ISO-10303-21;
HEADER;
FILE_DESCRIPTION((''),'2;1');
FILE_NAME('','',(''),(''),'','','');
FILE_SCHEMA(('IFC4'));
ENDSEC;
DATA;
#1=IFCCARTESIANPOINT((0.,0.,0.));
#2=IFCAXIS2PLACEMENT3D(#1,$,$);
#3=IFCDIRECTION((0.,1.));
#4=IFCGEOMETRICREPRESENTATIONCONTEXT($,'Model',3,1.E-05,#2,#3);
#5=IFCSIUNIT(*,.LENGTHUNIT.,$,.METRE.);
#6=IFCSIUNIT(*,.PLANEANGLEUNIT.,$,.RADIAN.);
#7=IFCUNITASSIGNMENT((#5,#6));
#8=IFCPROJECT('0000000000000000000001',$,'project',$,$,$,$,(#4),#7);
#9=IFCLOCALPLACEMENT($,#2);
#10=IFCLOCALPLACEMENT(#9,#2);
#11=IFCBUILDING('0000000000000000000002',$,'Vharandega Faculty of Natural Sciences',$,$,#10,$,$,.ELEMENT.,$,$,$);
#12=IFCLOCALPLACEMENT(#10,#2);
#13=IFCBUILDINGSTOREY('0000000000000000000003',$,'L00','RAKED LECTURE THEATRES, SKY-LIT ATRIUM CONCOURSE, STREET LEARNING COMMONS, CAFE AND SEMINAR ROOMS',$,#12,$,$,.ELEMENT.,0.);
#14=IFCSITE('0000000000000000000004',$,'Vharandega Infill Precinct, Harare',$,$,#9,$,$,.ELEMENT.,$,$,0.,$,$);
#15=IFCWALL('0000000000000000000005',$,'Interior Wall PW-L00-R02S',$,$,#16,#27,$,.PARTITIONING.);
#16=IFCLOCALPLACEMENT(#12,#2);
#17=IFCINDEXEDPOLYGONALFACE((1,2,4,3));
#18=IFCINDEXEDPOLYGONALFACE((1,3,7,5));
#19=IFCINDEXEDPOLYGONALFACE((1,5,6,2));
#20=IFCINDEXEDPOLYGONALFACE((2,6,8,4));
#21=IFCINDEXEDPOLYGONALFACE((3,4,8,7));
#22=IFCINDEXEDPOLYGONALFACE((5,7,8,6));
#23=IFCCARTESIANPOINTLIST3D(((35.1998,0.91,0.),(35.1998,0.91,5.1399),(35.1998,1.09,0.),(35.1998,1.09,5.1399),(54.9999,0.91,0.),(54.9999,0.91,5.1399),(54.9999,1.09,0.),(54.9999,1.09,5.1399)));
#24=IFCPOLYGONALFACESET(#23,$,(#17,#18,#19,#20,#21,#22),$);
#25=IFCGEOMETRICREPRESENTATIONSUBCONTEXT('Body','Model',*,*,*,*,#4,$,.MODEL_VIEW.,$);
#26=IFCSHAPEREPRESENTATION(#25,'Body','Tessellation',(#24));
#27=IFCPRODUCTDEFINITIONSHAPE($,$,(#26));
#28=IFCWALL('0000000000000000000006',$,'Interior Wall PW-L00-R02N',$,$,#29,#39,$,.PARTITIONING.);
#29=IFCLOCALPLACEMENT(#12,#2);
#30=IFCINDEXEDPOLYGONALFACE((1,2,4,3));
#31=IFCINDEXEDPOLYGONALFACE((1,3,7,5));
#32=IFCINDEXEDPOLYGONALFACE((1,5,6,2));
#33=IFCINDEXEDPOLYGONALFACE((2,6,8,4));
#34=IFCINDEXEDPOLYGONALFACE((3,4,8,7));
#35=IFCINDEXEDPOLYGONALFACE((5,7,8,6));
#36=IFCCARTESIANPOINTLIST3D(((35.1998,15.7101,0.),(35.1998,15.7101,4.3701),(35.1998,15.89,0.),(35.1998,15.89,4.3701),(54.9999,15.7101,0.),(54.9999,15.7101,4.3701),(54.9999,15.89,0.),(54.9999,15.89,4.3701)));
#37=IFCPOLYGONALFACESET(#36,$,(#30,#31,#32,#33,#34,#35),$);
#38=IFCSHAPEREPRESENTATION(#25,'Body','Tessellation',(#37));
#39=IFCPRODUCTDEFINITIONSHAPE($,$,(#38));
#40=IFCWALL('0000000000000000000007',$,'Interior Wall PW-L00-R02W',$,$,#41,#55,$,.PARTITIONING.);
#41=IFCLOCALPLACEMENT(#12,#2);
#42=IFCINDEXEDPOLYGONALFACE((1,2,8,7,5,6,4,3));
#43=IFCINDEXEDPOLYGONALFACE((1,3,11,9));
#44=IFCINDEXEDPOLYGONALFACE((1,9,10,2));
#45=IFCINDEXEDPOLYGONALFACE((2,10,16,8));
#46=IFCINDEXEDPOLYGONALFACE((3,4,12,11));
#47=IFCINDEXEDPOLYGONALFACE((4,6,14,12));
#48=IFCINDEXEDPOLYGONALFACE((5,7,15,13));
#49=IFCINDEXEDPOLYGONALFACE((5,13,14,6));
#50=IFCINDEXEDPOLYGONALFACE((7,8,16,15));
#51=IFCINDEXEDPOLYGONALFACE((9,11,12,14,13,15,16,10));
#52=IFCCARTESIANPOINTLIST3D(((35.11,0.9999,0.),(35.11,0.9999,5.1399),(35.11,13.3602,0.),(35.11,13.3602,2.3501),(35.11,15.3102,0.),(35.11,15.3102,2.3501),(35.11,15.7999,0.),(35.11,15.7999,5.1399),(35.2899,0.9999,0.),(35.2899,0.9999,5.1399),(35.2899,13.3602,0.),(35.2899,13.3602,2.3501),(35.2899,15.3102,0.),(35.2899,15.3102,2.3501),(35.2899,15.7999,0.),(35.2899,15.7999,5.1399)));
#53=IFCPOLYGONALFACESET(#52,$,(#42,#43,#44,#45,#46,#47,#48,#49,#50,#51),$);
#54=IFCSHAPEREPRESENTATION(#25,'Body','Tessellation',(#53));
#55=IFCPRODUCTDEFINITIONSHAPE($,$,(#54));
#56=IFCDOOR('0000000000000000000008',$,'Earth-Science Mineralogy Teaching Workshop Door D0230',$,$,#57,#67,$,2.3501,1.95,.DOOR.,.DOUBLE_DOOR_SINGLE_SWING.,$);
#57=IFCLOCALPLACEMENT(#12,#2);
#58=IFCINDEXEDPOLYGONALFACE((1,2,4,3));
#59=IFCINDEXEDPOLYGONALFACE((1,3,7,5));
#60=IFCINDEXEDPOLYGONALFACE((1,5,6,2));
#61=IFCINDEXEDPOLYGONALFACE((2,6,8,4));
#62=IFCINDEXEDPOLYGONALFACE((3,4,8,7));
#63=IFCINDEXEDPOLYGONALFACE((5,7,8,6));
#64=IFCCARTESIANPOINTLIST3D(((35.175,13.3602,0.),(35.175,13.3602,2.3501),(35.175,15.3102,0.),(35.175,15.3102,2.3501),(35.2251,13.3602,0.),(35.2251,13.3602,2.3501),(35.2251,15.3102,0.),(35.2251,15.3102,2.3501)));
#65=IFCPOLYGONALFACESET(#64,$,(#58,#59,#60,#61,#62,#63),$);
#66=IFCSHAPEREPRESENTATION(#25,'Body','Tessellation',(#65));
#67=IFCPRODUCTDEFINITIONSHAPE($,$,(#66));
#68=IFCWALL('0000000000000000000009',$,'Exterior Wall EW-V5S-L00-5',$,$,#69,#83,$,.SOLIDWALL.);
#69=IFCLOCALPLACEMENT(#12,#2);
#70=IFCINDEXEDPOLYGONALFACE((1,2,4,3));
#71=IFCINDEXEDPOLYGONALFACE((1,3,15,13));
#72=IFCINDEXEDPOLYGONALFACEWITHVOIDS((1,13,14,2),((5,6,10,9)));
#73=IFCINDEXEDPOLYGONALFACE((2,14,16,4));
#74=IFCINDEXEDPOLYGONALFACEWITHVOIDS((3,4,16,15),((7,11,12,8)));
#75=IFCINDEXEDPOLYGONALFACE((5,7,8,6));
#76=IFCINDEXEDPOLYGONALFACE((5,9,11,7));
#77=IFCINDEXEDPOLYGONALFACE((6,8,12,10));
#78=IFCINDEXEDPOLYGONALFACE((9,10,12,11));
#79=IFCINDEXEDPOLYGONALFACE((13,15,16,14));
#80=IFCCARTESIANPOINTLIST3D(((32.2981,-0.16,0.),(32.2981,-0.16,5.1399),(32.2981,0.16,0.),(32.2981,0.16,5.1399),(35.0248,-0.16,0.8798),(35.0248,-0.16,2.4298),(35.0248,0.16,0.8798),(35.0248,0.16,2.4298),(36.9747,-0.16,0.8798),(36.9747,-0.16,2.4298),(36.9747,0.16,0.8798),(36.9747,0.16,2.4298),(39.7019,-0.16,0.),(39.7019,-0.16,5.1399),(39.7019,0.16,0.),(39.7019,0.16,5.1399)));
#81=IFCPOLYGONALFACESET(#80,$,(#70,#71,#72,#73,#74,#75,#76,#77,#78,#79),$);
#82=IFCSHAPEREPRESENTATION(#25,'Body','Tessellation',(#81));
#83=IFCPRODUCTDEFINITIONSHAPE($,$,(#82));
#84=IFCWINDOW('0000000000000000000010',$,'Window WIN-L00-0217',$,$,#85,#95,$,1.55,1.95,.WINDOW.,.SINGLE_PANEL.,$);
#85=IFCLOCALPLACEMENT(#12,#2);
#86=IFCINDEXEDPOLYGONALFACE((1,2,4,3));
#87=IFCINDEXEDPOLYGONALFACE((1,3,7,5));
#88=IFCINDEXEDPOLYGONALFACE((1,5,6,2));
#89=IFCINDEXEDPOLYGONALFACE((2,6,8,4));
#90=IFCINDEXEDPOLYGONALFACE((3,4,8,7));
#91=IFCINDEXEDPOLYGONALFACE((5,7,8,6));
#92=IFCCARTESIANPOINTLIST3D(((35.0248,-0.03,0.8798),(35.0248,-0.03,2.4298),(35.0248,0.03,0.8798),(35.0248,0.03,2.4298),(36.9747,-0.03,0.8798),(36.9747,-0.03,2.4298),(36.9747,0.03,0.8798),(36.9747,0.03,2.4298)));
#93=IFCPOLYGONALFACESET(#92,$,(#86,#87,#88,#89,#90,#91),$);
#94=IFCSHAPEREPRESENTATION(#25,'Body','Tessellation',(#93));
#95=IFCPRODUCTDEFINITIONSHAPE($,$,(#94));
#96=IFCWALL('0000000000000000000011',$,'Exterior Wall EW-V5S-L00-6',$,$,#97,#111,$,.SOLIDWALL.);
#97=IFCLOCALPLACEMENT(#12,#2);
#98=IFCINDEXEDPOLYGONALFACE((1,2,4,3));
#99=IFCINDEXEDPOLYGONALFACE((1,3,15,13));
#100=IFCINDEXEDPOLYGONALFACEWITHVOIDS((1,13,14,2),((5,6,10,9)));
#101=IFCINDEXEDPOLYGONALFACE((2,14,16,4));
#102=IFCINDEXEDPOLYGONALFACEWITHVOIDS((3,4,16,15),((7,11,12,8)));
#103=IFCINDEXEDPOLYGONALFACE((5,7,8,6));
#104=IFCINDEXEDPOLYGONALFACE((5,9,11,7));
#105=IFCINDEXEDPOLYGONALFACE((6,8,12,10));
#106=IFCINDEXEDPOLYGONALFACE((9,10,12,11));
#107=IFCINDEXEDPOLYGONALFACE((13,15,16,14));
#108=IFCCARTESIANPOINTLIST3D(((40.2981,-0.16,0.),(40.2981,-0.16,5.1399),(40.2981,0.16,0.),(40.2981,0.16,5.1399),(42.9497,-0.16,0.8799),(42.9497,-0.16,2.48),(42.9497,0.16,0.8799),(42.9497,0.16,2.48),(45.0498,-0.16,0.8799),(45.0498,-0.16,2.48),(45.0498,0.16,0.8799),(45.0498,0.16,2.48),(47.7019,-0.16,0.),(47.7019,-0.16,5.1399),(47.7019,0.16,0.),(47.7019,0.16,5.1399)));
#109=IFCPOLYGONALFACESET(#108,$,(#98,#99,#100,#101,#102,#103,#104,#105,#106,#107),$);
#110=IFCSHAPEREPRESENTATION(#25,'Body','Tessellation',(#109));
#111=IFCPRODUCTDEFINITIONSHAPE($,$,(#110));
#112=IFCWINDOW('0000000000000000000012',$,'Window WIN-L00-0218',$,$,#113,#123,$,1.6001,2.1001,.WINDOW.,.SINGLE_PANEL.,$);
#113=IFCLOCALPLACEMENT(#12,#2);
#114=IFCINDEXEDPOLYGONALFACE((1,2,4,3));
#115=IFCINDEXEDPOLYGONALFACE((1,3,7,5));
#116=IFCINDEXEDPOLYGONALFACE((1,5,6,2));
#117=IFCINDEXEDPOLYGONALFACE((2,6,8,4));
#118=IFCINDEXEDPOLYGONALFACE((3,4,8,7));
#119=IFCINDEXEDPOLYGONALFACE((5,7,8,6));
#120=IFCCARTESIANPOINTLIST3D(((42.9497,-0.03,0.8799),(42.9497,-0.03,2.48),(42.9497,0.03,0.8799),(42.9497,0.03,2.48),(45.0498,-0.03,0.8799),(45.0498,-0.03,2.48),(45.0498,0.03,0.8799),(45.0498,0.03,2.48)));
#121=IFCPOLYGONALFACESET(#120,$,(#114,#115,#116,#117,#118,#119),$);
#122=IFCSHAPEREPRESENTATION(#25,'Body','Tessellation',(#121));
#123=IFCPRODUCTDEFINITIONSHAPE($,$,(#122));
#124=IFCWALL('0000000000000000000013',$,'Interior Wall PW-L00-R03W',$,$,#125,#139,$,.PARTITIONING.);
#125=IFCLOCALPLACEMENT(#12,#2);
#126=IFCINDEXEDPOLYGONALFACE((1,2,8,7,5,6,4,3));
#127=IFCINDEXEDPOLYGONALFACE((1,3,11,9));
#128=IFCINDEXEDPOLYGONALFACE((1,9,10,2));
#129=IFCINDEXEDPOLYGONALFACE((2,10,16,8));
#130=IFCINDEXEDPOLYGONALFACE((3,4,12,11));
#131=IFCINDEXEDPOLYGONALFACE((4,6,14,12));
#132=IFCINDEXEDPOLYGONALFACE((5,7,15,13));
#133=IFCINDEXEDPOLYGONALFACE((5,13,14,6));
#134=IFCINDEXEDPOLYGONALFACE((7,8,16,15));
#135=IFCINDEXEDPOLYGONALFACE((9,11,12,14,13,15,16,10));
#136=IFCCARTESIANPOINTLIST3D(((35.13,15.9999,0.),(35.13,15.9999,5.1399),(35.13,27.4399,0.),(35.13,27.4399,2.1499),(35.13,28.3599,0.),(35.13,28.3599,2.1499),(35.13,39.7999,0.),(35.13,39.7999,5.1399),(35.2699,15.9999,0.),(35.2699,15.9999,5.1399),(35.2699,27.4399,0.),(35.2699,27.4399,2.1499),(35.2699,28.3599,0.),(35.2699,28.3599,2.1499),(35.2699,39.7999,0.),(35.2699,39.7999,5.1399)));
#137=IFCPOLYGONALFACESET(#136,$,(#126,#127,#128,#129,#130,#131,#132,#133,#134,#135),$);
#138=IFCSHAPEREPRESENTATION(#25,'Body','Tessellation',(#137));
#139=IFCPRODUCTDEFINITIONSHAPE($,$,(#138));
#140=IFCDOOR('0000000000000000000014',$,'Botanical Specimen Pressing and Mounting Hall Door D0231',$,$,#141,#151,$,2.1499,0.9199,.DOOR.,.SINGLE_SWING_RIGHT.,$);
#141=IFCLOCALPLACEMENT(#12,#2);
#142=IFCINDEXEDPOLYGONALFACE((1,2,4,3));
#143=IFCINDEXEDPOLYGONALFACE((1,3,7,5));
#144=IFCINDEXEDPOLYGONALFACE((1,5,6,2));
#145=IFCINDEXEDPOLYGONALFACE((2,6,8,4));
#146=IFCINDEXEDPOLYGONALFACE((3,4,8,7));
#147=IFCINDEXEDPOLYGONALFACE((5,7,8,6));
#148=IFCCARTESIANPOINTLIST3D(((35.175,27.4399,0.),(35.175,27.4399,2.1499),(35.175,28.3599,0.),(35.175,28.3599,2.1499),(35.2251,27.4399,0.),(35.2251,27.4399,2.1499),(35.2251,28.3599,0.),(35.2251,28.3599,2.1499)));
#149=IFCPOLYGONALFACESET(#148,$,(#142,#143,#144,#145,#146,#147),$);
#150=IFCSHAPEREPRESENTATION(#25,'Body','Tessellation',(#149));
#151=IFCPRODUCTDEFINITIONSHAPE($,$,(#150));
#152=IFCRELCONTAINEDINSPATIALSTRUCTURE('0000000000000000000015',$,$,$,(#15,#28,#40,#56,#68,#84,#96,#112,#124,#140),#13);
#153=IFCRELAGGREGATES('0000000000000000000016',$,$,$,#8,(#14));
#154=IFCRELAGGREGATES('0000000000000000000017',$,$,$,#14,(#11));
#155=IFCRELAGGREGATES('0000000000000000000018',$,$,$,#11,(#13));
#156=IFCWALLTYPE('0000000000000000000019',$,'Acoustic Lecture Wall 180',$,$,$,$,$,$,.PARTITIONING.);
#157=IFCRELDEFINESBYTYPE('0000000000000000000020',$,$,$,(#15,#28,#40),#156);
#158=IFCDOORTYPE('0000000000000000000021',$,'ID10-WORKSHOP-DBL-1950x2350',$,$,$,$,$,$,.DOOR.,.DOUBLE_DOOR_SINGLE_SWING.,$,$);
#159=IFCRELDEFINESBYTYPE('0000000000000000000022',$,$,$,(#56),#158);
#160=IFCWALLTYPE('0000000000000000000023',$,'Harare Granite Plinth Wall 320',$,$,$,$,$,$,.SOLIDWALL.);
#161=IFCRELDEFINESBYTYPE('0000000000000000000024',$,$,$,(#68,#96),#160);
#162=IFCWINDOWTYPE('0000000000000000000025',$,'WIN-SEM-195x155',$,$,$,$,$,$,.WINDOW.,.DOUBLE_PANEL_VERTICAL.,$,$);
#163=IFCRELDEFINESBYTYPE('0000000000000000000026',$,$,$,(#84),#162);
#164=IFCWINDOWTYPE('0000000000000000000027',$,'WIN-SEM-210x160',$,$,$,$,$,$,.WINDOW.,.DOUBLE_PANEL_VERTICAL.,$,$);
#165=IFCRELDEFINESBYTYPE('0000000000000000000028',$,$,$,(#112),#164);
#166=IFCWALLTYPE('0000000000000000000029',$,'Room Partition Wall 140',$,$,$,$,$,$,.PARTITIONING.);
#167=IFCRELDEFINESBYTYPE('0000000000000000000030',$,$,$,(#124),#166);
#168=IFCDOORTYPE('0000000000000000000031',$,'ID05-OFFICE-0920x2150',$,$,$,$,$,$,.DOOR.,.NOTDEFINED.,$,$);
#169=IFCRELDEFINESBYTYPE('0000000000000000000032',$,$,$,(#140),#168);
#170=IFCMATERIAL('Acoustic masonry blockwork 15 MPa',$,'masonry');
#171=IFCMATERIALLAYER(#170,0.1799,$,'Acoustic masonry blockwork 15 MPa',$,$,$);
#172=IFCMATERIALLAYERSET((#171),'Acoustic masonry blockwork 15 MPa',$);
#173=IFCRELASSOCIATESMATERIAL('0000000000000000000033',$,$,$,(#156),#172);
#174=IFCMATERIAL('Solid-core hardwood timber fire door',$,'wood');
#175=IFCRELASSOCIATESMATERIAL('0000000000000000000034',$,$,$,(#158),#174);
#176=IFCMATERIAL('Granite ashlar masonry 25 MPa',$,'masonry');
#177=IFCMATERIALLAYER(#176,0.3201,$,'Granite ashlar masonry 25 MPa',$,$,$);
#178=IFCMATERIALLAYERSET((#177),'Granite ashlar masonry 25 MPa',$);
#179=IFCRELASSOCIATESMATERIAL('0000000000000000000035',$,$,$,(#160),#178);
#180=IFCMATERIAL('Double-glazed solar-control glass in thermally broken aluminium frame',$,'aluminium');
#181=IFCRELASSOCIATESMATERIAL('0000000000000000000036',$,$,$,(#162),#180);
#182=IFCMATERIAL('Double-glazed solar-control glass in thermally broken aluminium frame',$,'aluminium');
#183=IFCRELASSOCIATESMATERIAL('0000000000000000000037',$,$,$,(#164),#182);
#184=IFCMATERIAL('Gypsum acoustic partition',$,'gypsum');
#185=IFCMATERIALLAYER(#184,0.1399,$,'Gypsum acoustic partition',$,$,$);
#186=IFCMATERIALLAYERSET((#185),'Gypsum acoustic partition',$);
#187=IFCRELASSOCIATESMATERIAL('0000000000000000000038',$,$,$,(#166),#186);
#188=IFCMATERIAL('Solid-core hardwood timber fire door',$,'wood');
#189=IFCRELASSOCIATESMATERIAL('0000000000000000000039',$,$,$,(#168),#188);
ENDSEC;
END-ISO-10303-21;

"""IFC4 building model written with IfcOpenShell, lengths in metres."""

from ifc_helpers import new_model, si_unit, direction, frame, frame_2d, origin, place, context, subcontext, project, spatial, rectangle, extrude, material, layer, layer_set, type_object, element, fill, save


model = new_model("IFC4")

# Units and contexts
model_context = context("Model", 3, precision=1e-05, world=origin(), true_north=direction((0.0, 1.0)))
body_context = subcontext(model_context, "Body", "Model", "MODEL_VIEW")
ifc_project = project(units=[si_unit("LENGTHUNIT", "METRE"), si_unit("PLANEANGLEUNIT", "RADIAN")], contexts=[model_context])

# Site, building, storey
site_placement = place(None, origin())
site = spatial("IfcSite", under=ifc_project, at=site_placement, Name="Vharandega Infill Precinct, Harare", CompositionType="ELEMENT", RefElevation=0.0)
building_placement = place(site_placement, origin())
building = spatial("IfcBuilding", under=site, at=building_placement, Name="Vharandega Faculty of Natural Sciences", CompositionType="ELEMENT")
storey_placement = place(building_placement, origin())
storey = spatial("IfcBuildingStorey", under=building, at=storey_placement, Name="L00", Description="RAKED LECTURE THEATRES, SKY-LIT ATRIUM CONCOURSE, STREET LEARNING COMMONS, CAFE AND SEMINAR ROOMS", CompositionType="ELEMENT", Elevation=0.0)

# Walls
ifc_material_1 = material(Name="Acoustic masonry blockwork 15 MPa", Category="masonry")
ifc_layer_1 = layer(ifc_material_1, 0.1799, Name="Acoustic masonry blockwork 15 MPa")
ifc_layer_set_1 = layer_set([ifc_layer_1], Name="Acoustic masonry blockwork 15 MPa")
wall_type_1 = type_object("IfcWallType", Name="Acoustic Lecture Wall 180", PredefinedType="PARTITIONING", material=ifc_layer_set_1)
wall_1_placement = place(storey_placement, frame((35.2, 1.0, 0.0), z_axis=(0.0, 0.0, 1.0), x_axis=(1.0, 0.0, 0.0)))
element("IfcWall", 1, at=wall_1_placement, inside=storey, type_object=wall_type_1, Name="Interior Wall PW-L00-R02S", PredefinedType="PARTITIONING", context=body_context, shape_type="SweptSolid", body=[
    extrude(rectangle(XDim=19.8, YDim=0.1799, at=frame_2d((9.8999, 0.0))), origin(), (0.0, 0.0, 1.0), 5.1399),
])
wall_2_placement = place(storey_placement, frame((35.2, 15.8, 0.0), z_axis=(0.0, 0.0, 1.0), x_axis=(1.0, 0.0, 0.0)))
element("IfcWall", 2, at=wall_2_placement, inside=storey, type_object=wall_type_1, Name="Interior Wall PW-L00-R02N", PredefinedType="PARTITIONING", context=body_context, shape_type="SweptSolid", body=[
    extrude(rectangle(XDim=19.8, YDim=0.1799, at=frame_2d((9.8999, 0.0))), origin(), (0.0, 0.0, 1.0), 4.3701),
])

# Wall, opening, door
wall_3_placement = place(storey_placement, frame((35.2, 1.0, 0.0), z_axis=(0.0, 0.0, 1.0), x_axis=(0.0, 1.0, 0.0)))
wall_3 = element("IfcWall", 3, at=wall_3_placement, inside=storey, type_object=wall_type_1, Name="Interior Wall PW-L00-R02W", PredefinedType="PARTITIONING", context=body_context, shape_type="SweptSolid", body=[
    extrude(rectangle(XDim=14.8, YDim=0.1799, at=frame_2d((7.3999, 0.0))), origin(), (0.0, 0.0, 1.0), 5.1399),
])
opening_1_placement = place(wall_3_placement, frame((12.3601, 0.0, 0.0)))
opening_1 = element("IfcOpeningElement", 4, at=opening_1_placement, cuts=wall_3, PredefinedType="OPENING", context=body_context, shape_type="SweptSolid", body=[
    extrude(rectangle(XDim=1.95, YDim=2.3501, at=frame_2d((0.9751, 1.175))), frame((0.0, 0.1001, 0.0), z_axis=(0.0, -1.0, 0.0), x_axis=(1.0, 0.0, 0.0)), (0.0, 0.0, 1.0), 0.2),
])
ifc_material_2 = material(Name="Solid-core hardwood timber fire door", Category="wood")
door_type_1 = type_object("IfcDoorType", Name="ID10-WORKSHOP-DBL-1950x2350", OperationType="DOUBLE_DOOR_SINGLE_SWING", PredefinedType="DOOR", material=ifc_material_2)
door_1_placement = place(opening_1_placement, origin())
door_1 = element("IfcDoor", 5, at=door_1_placement, inside=storey, type_object=door_type_1, Name="Earth-Science Mineralogy Teaching Workshop Door D0230", OperationType="DOUBLE_DOOR_SINGLE_SWING", OverallHeight=2.3501, OverallWidth=1.95, PredefinedType="DOOR", context=body_context, shape_type="SweptSolid", body=[
    extrude(rectangle(XDim=1.95, YDim=2.3501, at=frame_2d((0.9751, 1.175))), frame((0.0, 0.0249, 0.0), z_axis=(0.0, -1.0, 0.0), x_axis=(1.0, 0.0, 0.0)), (0.0, 0.0, 1.0), 0.05),
])
fill(opening_1, door_1)

# Walls, openings, windows
ifc_material_3 = material(Name="Granite ashlar masonry 25 MPa", Category="masonry")
ifc_layer_2 = layer(ifc_material_3, 0.3201, Name="Granite ashlar masonry 25 MPa")
ifc_layer_set_2 = layer_set([ifc_layer_2], Name="Granite ashlar masonry 25 MPa")
wall_type_2 = type_object("IfcWallType", Name="Harare Granite Plinth Wall 320", PredefinedType="SOLIDWALL", material=ifc_layer_set_2)
wall_4_placement = place(storey_placement, frame((39.7019, 0.0, 0.0), z_axis=(0.0, 0.0, 1.0), x_axis=(-1.0, 0.0, 0.0)))
wall_4 = element("IfcWall", 6, at=wall_4_placement, inside=storey, type_object=wall_type_2, Name="Exterior Wall EW-V5S-L00-5", PredefinedType="SOLIDWALL", context=body_context, shape_type="SweptSolid", body=[
    extrude(rectangle(XDim=7.4038, YDim=0.3201, at=frame_2d((3.7019, 0.0))), origin(), (0.0, 0.0, 1.0), 5.1399),
])
opening_2_placement = place(wall_4_placement, frame((2.7271, 0.0, 0.8799)))
opening_2 = element("IfcOpeningElement", 7, at=opening_2_placement, cuts=wall_4, PredefinedType="OPENING", context=body_context, shape_type="SweptSolid", body=[
    extrude(rectangle(XDim=1.95, YDim=1.55, at=frame_2d((0.9751, 0.7749))), frame((0.0, 0.1699, 0.0), z_axis=(0.0, -1.0, 0.0), x_axis=(1.0, 0.0, 0.0)), (0.0, 0.0, 1.0), 0.3401),
])
ifc_material_4 = material(Name="Double-glazed solar-control glass in thermally broken aluminium frame", Category="aluminium")
window_type_1 = type_object("IfcWindowType", Name="WIN-SEM-195x155", PartitioningType="DOUBLE_PANEL_VERTICAL", PredefinedType="WINDOW", material=ifc_material_4)
window_1_placement = place(opening_2_placement, origin())
window_1 = element("IfcWindow", 8, at=window_1_placement, inside=storey, type_object=window_type_1, Name="Window WIN-L00-0217", OverallHeight=1.55, OverallWidth=1.95, PartitioningType="SINGLE_PANEL", PredefinedType="WINDOW", context=body_context, shape_type="SweptSolid", body=[
    extrude(rectangle(XDim=1.95, YDim=1.55, at=frame_2d((0.9751, 0.7749))), frame((0.0, 0.03, 0.0), z_axis=(0.0, -1.0, 0.0), x_axis=(1.0, 0.0, 0.0)), (0.0, 0.0, 1.0), 0.0601),
])
fill(opening_2, window_1)
wall_5_placement = place(storey_placement, frame((47.7019, 0.0, 0.0), z_axis=(0.0, 0.0, 1.0), x_axis=(-1.0, 0.0, 0.0)))
wall_5 = element("IfcWall", 9, at=wall_5_placement, inside=storey, type_object=wall_type_2, Name="Exterior Wall EW-V5S-L00-6", PredefinedType="SOLIDWALL", context=body_context, shape_type="SweptSolid", body=[
    extrude(rectangle(XDim=7.4038, YDim=0.3201, at=frame_2d((3.7019, 0.0))), origin(), (0.0, 0.0, 1.0), 5.1399),
])
opening_3_placement = place(wall_5_placement, frame((2.6521, 0.0, 0.8799)))
opening_3 = element("IfcOpeningElement", 10, at=opening_3_placement, cuts=wall_5, PredefinedType="OPENING", context=body_context, shape_type="SweptSolid", body=[
    extrude(rectangle(XDim=2.1001, YDim=1.6001, at=frame_2d((1.05, 0.8))), frame((0.0, 0.1699, 0.0), z_axis=(0.0, -1.0, 0.0), x_axis=(1.0, 0.0, 0.0)), (0.0, 0.0, 1.0), 0.3401),
])
ifc_material_5 = material(Name="Double-glazed solar-control glass in thermally broken aluminium frame", Category="aluminium")
window_type_2 = type_object("IfcWindowType", Name="WIN-SEM-210x160", PartitioningType="DOUBLE_PANEL_VERTICAL", PredefinedType="WINDOW", material=ifc_material_5)
window_2_placement = place(opening_3_placement, origin())
window_2 = element("IfcWindow", 11, at=window_2_placement, inside=storey, type_object=window_type_2, Name="Window WIN-L00-0218", OverallHeight=1.6001, OverallWidth=2.1001, PartitioningType="SINGLE_PANEL", PredefinedType="WINDOW", context=body_context, shape_type="SweptSolid", body=[
    extrude(rectangle(XDim=2.1001, YDim=1.6001, at=frame_2d((1.05, 0.8))), frame((0.0, 0.03, 0.0), z_axis=(0.0, -1.0, 0.0), x_axis=(1.0, 0.0, 0.0)), (0.0, 0.0, 1.0), 0.0601),
])
fill(opening_3, window_2)

# Wall, opening, door
ifc_material_6 = material(Name="Gypsum acoustic partition", Category="gypsum")
ifc_layer_3 = layer(ifc_material_6, 0.1399, Name="Gypsum acoustic partition")
ifc_layer_set_3 = layer_set([ifc_layer_3], Name="Gypsum acoustic partition")
wall_type_3 = type_object("IfcWallType", Name="Room Partition Wall 140", PredefinedType="PARTITIONING", material=ifc_layer_set_3)
wall_6_placement = place(storey_placement, frame((35.2, 16.0, 0.0), z_axis=(0.0, 0.0, 1.0), x_axis=(0.0, 1.0, 0.0)))
wall_6 = element("IfcWall", 12, at=wall_6_placement, inside=storey, type_object=wall_type_3, Name="Interior Wall PW-L00-R03W", PredefinedType="PARTITIONING", context=body_context, shape_type="SweptSolid", body=[
    extrude(rectangle(XDim=23.8, YDim=0.1399, at=frame_2d((11.8999, 0.0))), origin(), (0.0, 0.0, 1.0), 5.1399),
])
opening_4_placement = place(wall_6_placement, frame((11.4399, 0.0, 0.0)))
opening_4 = element("IfcOpeningElement", 13, at=opening_4_placement, cuts=wall_6, PredefinedType="OPENING", context=body_context, shape_type="SweptSolid", body=[
    extrude(rectangle(XDim=0.9199, YDim=2.1499, at=frame_2d((0.46, 1.075))), frame((0.0, 0.0801, 0.0), z_axis=(0.0, -1.0, 0.0), x_axis=(1.0, 0.0, 0.0)), (0.0, 0.0, 1.0), 0.1599),
])
ifc_material_7 = material(Name="Solid-core hardwood timber fire door", Category="wood")
door_type_2 = type_object("IfcDoorType", Name="ID05-OFFICE-0920x2150", OperationType="NOTDEFINED", PredefinedType="DOOR", material=ifc_material_7)
door_2_placement = place(opening_4_placement, origin())
door_2 = element("IfcDoor", 14, at=door_2_placement, inside=storey, type_object=door_type_2, Name="Botanical Specimen Pressing and Mounting Hall Door D0231", OperationType="SINGLE_SWING_RIGHT", OverallHeight=2.1499, OverallWidth=0.9199, PredefinedType="DOOR", context=body_context, shape_type="SweptSolid", body=[
    extrude(rectangle(XDim=0.9199, YDim=2.1499, at=frame_2d((0.46, 1.075))), frame((0.0, 0.0249, 0.0), z_axis=(0.0, -1.0, 0.0), x_axis=(1.0, 0.0, 0.0)), (0.0, 0.0, 1.0), 0.05),
])
fill(opening_4, door_2)

save(model, "model.ifc")
